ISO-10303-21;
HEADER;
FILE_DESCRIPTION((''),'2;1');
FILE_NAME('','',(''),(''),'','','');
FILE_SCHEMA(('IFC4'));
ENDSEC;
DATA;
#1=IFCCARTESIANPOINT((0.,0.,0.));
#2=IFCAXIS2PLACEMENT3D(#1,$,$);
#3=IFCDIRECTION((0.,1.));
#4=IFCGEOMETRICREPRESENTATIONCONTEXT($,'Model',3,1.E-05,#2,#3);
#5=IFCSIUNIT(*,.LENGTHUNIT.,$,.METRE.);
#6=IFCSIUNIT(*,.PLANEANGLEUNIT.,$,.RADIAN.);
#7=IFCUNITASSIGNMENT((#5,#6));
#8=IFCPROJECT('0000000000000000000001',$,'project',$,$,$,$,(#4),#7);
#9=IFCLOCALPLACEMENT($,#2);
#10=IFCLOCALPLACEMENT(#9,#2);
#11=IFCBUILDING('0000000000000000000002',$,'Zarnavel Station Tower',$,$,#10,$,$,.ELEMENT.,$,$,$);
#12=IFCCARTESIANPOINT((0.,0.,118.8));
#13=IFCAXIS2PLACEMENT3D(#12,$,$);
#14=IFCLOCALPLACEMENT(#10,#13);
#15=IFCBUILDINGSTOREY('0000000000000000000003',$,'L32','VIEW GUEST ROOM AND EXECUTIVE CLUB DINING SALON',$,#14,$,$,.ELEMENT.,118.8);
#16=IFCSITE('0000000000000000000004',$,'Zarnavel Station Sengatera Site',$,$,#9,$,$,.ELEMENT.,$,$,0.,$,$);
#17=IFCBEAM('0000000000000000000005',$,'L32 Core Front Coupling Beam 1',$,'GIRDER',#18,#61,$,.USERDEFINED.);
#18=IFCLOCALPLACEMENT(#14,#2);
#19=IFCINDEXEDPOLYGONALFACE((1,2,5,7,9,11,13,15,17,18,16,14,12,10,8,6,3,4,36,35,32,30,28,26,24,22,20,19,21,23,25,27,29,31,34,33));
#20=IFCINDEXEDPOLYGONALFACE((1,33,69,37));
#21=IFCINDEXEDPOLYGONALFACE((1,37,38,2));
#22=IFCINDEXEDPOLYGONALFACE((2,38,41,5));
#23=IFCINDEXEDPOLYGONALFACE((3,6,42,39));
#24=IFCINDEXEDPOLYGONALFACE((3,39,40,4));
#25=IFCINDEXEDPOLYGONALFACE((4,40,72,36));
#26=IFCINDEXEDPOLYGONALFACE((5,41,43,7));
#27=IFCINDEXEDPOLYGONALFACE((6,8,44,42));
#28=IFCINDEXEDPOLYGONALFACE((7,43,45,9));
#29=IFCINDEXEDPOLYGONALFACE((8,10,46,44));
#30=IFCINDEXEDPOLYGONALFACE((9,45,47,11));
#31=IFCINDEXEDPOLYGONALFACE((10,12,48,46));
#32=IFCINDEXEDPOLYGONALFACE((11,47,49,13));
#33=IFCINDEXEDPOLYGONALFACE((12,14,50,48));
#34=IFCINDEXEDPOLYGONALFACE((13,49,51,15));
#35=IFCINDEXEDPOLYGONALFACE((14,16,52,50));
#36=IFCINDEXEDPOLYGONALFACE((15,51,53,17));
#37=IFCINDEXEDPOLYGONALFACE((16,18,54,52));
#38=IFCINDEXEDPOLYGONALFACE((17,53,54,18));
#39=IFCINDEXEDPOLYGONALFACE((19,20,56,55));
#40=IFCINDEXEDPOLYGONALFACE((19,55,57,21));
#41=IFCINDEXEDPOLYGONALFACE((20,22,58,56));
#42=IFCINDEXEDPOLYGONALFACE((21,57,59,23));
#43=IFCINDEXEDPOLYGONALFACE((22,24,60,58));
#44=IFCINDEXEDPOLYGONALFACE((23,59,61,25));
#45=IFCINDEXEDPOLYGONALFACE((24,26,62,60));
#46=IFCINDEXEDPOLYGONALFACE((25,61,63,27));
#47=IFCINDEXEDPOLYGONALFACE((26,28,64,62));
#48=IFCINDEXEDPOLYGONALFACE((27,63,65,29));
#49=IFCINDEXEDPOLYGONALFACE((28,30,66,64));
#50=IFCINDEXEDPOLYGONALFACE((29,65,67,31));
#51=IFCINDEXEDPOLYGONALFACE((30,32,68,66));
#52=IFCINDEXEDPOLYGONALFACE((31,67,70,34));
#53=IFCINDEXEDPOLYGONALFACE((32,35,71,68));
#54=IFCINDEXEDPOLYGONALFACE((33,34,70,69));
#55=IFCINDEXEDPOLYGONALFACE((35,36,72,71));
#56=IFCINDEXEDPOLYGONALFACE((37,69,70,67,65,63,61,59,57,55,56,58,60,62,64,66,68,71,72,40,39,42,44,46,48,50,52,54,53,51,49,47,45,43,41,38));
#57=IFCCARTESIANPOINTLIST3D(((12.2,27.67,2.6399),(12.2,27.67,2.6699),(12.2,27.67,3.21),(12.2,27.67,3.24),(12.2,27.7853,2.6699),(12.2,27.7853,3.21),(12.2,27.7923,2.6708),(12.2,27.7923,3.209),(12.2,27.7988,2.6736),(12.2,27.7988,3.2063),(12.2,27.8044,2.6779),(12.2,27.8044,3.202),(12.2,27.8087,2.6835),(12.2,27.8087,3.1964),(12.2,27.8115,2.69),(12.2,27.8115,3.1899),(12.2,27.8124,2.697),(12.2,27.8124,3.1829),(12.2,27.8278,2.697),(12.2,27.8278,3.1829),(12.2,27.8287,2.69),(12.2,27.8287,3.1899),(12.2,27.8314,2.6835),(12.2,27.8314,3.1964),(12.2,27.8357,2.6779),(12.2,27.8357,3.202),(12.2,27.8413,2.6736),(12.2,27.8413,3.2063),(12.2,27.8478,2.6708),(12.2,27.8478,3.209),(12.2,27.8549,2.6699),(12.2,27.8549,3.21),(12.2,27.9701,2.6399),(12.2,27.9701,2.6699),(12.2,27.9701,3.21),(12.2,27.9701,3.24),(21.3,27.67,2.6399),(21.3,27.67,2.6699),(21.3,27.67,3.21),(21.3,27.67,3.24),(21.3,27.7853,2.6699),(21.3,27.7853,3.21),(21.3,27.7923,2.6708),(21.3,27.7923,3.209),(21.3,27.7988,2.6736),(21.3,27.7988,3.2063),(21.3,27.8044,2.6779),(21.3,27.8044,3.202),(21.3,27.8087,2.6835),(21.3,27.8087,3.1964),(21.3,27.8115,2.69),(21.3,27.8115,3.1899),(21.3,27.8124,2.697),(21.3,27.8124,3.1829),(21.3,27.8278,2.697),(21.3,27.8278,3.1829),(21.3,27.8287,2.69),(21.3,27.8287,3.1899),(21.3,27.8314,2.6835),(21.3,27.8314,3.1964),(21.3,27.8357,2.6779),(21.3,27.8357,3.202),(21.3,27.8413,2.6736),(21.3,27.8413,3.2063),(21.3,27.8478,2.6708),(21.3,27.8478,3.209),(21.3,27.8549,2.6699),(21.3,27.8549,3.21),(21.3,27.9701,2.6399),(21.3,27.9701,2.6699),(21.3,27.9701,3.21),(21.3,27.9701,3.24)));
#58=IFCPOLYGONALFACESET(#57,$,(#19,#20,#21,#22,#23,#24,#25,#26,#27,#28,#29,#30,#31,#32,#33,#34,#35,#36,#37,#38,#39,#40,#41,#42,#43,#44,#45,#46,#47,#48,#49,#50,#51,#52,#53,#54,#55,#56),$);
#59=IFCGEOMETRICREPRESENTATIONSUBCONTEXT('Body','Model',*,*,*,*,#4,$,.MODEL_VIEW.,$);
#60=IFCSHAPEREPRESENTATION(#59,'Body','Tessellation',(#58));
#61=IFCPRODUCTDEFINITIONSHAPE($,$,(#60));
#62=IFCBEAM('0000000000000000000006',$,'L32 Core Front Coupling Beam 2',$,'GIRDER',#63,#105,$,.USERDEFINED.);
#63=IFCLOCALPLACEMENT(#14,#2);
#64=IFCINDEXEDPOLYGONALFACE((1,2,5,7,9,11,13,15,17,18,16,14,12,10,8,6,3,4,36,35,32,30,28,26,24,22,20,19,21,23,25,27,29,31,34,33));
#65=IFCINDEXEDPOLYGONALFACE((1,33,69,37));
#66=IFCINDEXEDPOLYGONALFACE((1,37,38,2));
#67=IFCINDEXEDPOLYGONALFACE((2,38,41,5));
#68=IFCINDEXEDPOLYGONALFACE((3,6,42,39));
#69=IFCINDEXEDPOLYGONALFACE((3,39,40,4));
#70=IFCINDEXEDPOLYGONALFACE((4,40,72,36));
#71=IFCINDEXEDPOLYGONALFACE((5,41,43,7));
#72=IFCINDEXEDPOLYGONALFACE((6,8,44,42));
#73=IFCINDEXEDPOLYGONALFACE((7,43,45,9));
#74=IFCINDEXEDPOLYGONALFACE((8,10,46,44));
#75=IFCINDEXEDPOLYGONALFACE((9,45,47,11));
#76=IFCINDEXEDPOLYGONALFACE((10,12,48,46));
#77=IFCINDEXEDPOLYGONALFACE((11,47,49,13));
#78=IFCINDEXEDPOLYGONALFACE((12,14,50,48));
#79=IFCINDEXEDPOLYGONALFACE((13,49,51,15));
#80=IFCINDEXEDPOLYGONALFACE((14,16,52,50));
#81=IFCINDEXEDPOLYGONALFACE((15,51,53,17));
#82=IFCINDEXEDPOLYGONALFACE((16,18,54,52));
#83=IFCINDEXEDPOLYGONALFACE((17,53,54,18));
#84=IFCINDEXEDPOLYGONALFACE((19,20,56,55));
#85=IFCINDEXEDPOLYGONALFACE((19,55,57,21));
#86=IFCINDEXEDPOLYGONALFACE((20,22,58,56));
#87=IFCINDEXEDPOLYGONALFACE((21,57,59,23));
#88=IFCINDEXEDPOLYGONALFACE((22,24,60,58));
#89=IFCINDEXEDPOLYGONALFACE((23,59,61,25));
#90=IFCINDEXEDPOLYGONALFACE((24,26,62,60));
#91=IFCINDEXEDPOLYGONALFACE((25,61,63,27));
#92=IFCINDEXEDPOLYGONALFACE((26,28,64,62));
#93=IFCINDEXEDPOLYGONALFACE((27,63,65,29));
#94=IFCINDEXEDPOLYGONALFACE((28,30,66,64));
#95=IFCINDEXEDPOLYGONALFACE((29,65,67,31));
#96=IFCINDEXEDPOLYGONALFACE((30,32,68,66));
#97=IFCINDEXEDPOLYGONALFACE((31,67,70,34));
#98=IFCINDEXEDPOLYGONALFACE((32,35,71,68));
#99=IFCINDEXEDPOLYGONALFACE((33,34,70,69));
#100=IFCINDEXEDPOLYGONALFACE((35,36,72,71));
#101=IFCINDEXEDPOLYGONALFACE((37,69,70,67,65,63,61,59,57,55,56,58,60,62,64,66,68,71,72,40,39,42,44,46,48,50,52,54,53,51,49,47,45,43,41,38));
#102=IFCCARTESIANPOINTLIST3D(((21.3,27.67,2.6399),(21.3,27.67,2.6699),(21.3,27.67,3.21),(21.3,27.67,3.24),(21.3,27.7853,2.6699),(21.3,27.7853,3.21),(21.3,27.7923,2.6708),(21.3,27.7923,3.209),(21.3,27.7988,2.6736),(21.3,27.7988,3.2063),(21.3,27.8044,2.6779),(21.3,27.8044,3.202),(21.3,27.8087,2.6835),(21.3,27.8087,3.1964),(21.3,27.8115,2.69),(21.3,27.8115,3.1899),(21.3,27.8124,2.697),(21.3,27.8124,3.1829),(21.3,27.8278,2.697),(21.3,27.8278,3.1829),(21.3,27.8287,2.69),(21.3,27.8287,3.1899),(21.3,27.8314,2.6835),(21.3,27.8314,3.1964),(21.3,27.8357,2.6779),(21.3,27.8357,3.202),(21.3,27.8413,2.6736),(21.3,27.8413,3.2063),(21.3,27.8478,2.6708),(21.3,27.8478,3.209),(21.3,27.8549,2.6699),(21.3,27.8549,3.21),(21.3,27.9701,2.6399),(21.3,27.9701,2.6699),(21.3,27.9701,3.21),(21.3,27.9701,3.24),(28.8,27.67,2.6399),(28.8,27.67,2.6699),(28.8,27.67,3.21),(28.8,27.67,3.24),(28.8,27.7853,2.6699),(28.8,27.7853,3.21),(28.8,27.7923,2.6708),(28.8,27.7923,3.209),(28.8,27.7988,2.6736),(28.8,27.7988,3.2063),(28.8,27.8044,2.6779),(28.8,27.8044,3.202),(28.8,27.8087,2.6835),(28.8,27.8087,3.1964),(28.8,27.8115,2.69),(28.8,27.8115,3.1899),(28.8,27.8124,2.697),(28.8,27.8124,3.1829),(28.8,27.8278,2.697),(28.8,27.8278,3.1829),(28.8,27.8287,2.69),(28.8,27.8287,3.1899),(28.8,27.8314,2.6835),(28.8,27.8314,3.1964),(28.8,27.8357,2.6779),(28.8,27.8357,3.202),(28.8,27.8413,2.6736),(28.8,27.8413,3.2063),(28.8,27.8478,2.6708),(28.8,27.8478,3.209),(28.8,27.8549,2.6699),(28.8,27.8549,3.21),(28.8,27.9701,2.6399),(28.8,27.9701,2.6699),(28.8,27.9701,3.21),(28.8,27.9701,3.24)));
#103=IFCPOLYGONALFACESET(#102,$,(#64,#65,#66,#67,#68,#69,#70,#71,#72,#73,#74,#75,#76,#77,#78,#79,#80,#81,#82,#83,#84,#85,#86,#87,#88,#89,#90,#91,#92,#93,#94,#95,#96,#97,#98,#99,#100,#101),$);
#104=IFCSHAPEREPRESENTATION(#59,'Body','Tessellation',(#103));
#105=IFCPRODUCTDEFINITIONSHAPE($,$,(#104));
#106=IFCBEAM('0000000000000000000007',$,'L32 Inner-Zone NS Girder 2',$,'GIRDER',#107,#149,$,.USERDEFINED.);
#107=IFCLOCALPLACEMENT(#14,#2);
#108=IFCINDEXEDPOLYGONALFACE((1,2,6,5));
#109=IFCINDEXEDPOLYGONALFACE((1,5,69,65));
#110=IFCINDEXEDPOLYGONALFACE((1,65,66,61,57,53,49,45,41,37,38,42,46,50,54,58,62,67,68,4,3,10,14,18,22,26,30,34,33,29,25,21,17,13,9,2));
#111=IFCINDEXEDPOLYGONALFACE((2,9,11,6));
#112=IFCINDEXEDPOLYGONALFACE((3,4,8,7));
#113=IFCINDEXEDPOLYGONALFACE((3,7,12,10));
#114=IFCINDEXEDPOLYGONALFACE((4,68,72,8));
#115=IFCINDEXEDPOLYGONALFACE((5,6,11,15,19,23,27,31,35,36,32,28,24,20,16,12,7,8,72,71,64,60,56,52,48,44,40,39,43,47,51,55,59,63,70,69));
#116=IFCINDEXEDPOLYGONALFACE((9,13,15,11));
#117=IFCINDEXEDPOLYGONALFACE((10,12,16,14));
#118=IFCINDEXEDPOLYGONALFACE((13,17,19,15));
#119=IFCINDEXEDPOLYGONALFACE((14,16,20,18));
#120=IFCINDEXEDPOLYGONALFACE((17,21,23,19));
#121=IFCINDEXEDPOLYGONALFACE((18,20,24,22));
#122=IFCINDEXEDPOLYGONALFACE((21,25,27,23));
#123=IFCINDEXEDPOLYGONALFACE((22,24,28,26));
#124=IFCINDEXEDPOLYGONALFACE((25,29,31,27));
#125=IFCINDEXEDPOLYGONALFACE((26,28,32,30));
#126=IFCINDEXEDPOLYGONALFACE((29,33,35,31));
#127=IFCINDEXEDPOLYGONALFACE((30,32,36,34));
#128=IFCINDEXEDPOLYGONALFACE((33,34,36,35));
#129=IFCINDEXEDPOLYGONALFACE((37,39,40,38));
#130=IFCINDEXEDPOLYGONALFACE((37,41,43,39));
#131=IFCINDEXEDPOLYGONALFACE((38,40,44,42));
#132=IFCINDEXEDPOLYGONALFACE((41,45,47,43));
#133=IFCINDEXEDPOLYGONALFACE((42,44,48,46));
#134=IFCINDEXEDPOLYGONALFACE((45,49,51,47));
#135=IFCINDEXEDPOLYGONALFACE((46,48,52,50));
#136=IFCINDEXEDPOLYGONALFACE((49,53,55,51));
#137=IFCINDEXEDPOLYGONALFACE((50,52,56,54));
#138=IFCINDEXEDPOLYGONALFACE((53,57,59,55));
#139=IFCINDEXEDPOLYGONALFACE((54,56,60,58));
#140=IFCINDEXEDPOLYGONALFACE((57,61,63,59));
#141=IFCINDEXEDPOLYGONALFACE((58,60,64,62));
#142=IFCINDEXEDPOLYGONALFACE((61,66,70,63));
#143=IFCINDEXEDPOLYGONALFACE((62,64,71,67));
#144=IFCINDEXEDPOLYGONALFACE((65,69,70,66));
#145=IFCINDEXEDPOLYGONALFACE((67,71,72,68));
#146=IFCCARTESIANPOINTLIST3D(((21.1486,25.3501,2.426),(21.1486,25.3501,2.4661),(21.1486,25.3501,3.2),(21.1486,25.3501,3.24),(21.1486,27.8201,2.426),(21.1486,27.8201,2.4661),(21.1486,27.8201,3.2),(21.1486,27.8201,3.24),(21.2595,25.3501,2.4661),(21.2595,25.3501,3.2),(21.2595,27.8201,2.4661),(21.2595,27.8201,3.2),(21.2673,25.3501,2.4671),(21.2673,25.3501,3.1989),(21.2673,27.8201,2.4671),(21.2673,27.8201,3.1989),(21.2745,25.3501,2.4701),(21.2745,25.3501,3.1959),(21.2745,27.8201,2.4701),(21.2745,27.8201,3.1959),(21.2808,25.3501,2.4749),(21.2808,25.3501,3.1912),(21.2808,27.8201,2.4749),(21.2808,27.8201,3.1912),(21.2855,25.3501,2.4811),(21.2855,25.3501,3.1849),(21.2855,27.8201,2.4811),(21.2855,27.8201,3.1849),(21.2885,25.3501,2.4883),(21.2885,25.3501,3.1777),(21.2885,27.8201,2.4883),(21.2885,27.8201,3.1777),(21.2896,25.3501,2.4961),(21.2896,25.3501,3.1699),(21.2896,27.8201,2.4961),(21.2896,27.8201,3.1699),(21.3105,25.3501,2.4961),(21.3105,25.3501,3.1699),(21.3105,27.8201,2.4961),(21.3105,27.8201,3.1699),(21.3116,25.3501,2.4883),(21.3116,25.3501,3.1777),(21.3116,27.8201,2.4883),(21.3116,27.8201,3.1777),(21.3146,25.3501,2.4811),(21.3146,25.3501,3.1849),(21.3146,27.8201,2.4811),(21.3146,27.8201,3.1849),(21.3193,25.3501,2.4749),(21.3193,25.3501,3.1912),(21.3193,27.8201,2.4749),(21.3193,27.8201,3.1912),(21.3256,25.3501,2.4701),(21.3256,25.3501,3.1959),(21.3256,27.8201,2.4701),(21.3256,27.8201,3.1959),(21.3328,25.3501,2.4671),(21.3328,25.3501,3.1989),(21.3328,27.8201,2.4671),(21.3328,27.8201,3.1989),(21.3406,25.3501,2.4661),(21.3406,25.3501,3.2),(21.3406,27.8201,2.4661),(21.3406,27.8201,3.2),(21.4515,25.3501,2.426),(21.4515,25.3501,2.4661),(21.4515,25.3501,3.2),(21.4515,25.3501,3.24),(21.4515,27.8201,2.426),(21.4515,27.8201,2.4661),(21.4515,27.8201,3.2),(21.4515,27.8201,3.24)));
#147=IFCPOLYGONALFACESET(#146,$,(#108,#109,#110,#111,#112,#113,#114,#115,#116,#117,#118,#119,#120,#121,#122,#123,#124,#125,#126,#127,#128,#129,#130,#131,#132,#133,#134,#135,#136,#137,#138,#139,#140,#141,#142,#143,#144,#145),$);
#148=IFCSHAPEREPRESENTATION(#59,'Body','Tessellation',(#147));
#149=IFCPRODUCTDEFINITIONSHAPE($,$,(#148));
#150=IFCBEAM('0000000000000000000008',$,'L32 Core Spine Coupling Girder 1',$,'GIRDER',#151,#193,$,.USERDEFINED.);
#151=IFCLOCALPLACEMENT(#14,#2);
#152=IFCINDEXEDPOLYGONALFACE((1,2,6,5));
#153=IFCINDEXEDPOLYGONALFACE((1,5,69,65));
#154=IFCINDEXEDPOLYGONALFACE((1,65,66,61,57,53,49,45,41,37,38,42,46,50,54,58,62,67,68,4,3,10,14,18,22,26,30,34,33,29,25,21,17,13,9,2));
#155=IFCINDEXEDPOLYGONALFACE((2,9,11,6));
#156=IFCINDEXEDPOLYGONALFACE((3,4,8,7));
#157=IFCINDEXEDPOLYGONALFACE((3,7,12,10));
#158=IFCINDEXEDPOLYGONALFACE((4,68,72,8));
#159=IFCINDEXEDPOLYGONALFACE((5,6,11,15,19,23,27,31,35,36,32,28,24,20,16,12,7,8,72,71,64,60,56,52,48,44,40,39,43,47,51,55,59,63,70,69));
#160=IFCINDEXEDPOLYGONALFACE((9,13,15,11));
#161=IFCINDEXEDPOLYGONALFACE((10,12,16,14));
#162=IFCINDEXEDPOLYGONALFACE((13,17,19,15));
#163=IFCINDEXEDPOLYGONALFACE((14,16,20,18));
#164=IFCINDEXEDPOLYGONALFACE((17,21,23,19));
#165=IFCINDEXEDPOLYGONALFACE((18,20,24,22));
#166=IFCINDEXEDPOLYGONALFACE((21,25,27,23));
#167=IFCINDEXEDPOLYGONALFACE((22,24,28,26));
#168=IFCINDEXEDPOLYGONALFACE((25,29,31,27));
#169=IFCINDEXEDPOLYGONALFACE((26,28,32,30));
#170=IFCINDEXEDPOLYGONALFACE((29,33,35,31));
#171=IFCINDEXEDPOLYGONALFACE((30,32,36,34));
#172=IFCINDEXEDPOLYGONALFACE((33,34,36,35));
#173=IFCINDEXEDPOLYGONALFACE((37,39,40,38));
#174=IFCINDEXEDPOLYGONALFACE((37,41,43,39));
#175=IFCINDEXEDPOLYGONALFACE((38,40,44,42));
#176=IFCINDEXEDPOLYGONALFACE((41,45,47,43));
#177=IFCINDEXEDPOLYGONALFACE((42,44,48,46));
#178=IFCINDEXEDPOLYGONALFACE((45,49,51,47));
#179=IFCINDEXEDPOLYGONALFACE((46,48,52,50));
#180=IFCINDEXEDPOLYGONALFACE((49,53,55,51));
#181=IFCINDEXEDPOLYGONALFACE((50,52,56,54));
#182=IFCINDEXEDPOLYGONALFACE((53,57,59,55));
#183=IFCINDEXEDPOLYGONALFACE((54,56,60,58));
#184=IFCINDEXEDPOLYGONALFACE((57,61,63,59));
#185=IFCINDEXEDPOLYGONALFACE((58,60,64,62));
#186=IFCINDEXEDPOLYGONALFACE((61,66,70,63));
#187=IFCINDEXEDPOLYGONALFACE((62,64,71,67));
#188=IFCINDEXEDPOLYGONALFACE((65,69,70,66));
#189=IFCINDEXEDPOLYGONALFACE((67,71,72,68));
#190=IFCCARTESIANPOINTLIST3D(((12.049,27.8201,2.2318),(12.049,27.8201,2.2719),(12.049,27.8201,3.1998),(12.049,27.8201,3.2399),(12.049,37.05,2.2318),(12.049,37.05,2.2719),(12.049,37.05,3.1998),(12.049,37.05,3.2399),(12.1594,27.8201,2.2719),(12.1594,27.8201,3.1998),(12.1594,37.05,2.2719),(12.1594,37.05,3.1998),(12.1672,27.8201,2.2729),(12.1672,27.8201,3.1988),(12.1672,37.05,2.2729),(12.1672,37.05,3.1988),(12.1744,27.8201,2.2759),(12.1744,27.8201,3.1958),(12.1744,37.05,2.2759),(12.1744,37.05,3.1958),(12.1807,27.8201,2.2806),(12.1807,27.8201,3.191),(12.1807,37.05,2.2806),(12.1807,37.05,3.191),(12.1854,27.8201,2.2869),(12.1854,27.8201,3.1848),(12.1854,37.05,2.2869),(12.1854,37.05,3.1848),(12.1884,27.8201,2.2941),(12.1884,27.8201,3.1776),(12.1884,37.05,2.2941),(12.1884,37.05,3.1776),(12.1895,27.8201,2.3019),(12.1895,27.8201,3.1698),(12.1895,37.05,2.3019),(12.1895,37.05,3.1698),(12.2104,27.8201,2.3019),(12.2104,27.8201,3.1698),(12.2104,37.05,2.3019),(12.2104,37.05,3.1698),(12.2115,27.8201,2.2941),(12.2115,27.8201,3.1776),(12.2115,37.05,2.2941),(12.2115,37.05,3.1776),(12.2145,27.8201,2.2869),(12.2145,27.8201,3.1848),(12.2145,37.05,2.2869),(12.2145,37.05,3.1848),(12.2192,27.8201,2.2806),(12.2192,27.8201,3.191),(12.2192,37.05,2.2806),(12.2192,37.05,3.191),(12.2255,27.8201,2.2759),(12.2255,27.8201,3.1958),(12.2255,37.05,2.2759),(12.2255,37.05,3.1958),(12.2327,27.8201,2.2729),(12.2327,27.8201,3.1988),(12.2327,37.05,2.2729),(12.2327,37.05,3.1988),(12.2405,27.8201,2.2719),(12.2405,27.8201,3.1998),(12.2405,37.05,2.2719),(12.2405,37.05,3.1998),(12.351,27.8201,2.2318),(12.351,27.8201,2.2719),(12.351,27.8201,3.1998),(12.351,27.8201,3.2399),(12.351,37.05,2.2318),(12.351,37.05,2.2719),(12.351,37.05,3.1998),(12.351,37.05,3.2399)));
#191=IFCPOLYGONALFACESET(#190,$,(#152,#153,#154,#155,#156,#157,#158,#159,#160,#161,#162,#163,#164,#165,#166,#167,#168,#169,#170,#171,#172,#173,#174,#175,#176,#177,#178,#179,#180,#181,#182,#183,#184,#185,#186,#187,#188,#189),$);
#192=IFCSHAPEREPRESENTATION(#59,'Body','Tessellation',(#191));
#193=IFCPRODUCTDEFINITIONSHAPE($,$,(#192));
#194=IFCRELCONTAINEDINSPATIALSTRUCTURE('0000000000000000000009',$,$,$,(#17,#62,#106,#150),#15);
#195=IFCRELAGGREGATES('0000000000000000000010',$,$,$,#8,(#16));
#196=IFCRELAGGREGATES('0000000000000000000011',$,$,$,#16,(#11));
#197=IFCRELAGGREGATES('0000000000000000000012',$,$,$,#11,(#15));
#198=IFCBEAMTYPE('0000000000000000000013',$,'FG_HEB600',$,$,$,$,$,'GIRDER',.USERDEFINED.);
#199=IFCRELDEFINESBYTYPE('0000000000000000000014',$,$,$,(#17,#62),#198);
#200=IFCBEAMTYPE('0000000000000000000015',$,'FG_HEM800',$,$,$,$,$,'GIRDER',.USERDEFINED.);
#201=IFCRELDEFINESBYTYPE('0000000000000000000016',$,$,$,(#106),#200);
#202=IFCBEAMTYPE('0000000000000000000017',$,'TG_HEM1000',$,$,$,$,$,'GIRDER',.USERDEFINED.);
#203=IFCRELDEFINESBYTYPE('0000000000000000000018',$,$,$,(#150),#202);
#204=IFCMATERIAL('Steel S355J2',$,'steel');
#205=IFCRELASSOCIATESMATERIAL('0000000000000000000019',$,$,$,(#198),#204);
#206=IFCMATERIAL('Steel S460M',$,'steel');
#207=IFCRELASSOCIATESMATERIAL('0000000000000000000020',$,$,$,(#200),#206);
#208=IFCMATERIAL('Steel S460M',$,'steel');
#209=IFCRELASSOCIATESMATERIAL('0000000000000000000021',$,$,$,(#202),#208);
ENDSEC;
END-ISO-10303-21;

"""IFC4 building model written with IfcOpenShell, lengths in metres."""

from ifc_helpers import new_model, si_unit, direction, frame, origin, origin_2d, place, context, subcontext, project, spatial, i_section, extrude, material, material_profile, profile_set, type_object, element, save


model = new_model("IFC4")

# Units and contexts
model_context = context("Model", 3, precision=1e-05, world=origin(), true_north=direction((0.0, 1.0)))
body_context = subcontext(model_context, "Body", "Model", "MODEL_VIEW")
ifc_project = project(units=[si_unit("LENGTHUNIT", "METRE"), si_unit("PLANEANGLEUNIT", "RADIAN")], contexts=[model_context])

# Site, building, storey
site_placement = place(None, origin())
site = spatial("IfcSite", under=ifc_project, at=site_placement, Name="Zarnavel Station Sengatera Site", CompositionType="ELEMENT", RefElevation=0.0)
building_placement = place(site_placement, origin())
building = spatial("IfcBuilding", under=site, at=building_placement, Name="Zarnavel Station Tower", CompositionType="ELEMENT")
storey_placement = place(building_placement, frame((0.0, 0.0, 118.8)))
storey = spatial("IfcBuildingStorey", under=building, at=storey_placement, Name="L32", Description="VIEW GUEST ROOM AND EXECUTIVE CLUB DINING SALON", CompositionType="ELEMENT", Elevation=118.8)

# Beams
ifc_material_1 = material(Name="Steel S355J2", Category="steel")
ifc_material_profile_1 = material_profile(ifc_material_1, i_section(OverallWidth=0.3, OverallDepth=0.6001, WebThickness=0.0154, FlangeThickness=0.03, FilletRadius=0.0271, at=origin_2d()), Name="HEB600")
ifc_profile_set_1 = profile_set([ifc_material_profile_1], Name="Steel S355J2")
beam_type_1 = type_object("IfcBeamType", Name="FG_HEB600", ElementType="GIRDER", PredefinedType="USERDEFINED", material=ifc_profile_set_1)
beam_1_placement = place(storey_placement, frame((12.2, 27.8201, 2.9399), z_axis=(1.0, 0.0, 0.0), x_axis=(0.0, 1.0, 0.0)))
element("IfcBeam", 1, at=beam_1_placement, inside=storey, type_object=beam_type_1, Name="L32 Core Front Coupling Beam 1", ObjectType="GIRDER", PredefinedType="USERDEFINED", context=body_context, shape_type="SweptSolid", body=[
    extrude(i_section(OverallWidth=0.3, OverallDepth=0.6001, WebThickness=0.0154, FlangeThickness=0.03, FilletRadius=0.0271, at=origin_2d()), origin(), (0.0, 0.0, 1.0), 9.1001),
])
beam_2_placement = place(storey_placement, frame((21.3, 27.8201, 2.9399), z_axis=(1.0, 0.0, 0.0), x_axis=(0.0, 1.0, 0.0)))
element("IfcBeam", 2, at=beam_2_placement, inside=storey, type_object=beam_type_1, Name="L32 Core Front Coupling Beam 2", ObjectType="GIRDER", PredefinedType="USERDEFINED", context=body_context, shape_type="SweptSolid", body=[
    extrude(i_section(OverallWidth=0.3, OverallDepth=0.6001, WebThickness=0.0154, FlangeThickness=0.03, FilletRadius=0.0271, at=origin_2d()), origin(), (0.0, 0.0, 1.0), 7.5),
])
ifc_material_2 = material(Name="Steel S460M", Category="steel")
ifc_material_profile_2 = material_profile(ifc_material_2, i_section(OverallWidth=0.303, OverallDepth=0.814, WebThickness=0.021, FlangeThickness=0.04, FilletRadius=0.03, at=origin_2d()), Name="HEM800")
ifc_profile_set_2 = profile_set([ifc_material_profile_2], Name="Steel S460M")
beam_type_2 = type_object("IfcBeamType", Name="FG_HEM800", ElementType="GIRDER", PredefinedType="USERDEFINED", material=ifc_profile_set_2)
beam_3_placement = place(storey_placement, frame((21.3, 25.3501, 2.833), z_axis=(0.0, 1.0, 0.0), x_axis=(-1.0, 0.0, 0.0)))
element("IfcBeam", 3, at=beam_3_placement, inside=storey, type_object=beam_type_2, Name="L32 Inner-Zone NS Girder 2", ObjectType="GIRDER", PredefinedType="USERDEFINED", context=body_context, shape_type="SweptSolid", body=[
    extrude(i_section(OverallWidth=0.303, OverallDepth=0.814, WebThickness=0.021, FlangeThickness=0.04, FilletRadius=0.03, at=origin_2d()), origin(), (0.0, 0.0, 1.0), 2.47),
])
ifc_material_3 = material(Name="Steel S460M", Category="steel")
ifc_material_profile_3 = material_profile(ifc_material_3, i_section(OverallWidth=0.302, OverallDepth=1.0081, WebThickness=0.021, FlangeThickness=0.04, FilletRadius=0.03, at=origin_2d()), Name="HEM1000")
ifc_profile_set_3 = profile_set([ifc_material_profile_3], Name="Steel S460M")
beam_type_3 = type_object("IfcBeamType", Name="TG_HEM1000", ElementType="GIRDER", PredefinedType="USERDEFINED", material=ifc_profile_set_3)
for number, where, z_axis, x_axis, name in (
    (4, (12.2, 27.8201, 2.7358), (0.0, 1.0, 0.0), (-1.0, 0.0, 0.0), "L32 Core Spine Coupling Girder 1"),
):
    element("IfcBeam", number, at=place(storey_placement, frame(where, z_axis=z_axis, x_axis=x_axis)), inside=storey, type_object=beam_type_3, Name=name, ObjectType="GIRDER", PredefinedType="USERDEFINED", context=body_context, shape_type="SweptSolid", body=[
        extrude(i_section(OverallWidth=0.302, OverallDepth=1.0081, WebThickness=0.021, FlangeThickness=0.04, FilletRadius=0.03, at=origin_2d()), origin(), (0.0, 0.0, 1.0), 9.23),
    ])

save(model, "model.ifc")
